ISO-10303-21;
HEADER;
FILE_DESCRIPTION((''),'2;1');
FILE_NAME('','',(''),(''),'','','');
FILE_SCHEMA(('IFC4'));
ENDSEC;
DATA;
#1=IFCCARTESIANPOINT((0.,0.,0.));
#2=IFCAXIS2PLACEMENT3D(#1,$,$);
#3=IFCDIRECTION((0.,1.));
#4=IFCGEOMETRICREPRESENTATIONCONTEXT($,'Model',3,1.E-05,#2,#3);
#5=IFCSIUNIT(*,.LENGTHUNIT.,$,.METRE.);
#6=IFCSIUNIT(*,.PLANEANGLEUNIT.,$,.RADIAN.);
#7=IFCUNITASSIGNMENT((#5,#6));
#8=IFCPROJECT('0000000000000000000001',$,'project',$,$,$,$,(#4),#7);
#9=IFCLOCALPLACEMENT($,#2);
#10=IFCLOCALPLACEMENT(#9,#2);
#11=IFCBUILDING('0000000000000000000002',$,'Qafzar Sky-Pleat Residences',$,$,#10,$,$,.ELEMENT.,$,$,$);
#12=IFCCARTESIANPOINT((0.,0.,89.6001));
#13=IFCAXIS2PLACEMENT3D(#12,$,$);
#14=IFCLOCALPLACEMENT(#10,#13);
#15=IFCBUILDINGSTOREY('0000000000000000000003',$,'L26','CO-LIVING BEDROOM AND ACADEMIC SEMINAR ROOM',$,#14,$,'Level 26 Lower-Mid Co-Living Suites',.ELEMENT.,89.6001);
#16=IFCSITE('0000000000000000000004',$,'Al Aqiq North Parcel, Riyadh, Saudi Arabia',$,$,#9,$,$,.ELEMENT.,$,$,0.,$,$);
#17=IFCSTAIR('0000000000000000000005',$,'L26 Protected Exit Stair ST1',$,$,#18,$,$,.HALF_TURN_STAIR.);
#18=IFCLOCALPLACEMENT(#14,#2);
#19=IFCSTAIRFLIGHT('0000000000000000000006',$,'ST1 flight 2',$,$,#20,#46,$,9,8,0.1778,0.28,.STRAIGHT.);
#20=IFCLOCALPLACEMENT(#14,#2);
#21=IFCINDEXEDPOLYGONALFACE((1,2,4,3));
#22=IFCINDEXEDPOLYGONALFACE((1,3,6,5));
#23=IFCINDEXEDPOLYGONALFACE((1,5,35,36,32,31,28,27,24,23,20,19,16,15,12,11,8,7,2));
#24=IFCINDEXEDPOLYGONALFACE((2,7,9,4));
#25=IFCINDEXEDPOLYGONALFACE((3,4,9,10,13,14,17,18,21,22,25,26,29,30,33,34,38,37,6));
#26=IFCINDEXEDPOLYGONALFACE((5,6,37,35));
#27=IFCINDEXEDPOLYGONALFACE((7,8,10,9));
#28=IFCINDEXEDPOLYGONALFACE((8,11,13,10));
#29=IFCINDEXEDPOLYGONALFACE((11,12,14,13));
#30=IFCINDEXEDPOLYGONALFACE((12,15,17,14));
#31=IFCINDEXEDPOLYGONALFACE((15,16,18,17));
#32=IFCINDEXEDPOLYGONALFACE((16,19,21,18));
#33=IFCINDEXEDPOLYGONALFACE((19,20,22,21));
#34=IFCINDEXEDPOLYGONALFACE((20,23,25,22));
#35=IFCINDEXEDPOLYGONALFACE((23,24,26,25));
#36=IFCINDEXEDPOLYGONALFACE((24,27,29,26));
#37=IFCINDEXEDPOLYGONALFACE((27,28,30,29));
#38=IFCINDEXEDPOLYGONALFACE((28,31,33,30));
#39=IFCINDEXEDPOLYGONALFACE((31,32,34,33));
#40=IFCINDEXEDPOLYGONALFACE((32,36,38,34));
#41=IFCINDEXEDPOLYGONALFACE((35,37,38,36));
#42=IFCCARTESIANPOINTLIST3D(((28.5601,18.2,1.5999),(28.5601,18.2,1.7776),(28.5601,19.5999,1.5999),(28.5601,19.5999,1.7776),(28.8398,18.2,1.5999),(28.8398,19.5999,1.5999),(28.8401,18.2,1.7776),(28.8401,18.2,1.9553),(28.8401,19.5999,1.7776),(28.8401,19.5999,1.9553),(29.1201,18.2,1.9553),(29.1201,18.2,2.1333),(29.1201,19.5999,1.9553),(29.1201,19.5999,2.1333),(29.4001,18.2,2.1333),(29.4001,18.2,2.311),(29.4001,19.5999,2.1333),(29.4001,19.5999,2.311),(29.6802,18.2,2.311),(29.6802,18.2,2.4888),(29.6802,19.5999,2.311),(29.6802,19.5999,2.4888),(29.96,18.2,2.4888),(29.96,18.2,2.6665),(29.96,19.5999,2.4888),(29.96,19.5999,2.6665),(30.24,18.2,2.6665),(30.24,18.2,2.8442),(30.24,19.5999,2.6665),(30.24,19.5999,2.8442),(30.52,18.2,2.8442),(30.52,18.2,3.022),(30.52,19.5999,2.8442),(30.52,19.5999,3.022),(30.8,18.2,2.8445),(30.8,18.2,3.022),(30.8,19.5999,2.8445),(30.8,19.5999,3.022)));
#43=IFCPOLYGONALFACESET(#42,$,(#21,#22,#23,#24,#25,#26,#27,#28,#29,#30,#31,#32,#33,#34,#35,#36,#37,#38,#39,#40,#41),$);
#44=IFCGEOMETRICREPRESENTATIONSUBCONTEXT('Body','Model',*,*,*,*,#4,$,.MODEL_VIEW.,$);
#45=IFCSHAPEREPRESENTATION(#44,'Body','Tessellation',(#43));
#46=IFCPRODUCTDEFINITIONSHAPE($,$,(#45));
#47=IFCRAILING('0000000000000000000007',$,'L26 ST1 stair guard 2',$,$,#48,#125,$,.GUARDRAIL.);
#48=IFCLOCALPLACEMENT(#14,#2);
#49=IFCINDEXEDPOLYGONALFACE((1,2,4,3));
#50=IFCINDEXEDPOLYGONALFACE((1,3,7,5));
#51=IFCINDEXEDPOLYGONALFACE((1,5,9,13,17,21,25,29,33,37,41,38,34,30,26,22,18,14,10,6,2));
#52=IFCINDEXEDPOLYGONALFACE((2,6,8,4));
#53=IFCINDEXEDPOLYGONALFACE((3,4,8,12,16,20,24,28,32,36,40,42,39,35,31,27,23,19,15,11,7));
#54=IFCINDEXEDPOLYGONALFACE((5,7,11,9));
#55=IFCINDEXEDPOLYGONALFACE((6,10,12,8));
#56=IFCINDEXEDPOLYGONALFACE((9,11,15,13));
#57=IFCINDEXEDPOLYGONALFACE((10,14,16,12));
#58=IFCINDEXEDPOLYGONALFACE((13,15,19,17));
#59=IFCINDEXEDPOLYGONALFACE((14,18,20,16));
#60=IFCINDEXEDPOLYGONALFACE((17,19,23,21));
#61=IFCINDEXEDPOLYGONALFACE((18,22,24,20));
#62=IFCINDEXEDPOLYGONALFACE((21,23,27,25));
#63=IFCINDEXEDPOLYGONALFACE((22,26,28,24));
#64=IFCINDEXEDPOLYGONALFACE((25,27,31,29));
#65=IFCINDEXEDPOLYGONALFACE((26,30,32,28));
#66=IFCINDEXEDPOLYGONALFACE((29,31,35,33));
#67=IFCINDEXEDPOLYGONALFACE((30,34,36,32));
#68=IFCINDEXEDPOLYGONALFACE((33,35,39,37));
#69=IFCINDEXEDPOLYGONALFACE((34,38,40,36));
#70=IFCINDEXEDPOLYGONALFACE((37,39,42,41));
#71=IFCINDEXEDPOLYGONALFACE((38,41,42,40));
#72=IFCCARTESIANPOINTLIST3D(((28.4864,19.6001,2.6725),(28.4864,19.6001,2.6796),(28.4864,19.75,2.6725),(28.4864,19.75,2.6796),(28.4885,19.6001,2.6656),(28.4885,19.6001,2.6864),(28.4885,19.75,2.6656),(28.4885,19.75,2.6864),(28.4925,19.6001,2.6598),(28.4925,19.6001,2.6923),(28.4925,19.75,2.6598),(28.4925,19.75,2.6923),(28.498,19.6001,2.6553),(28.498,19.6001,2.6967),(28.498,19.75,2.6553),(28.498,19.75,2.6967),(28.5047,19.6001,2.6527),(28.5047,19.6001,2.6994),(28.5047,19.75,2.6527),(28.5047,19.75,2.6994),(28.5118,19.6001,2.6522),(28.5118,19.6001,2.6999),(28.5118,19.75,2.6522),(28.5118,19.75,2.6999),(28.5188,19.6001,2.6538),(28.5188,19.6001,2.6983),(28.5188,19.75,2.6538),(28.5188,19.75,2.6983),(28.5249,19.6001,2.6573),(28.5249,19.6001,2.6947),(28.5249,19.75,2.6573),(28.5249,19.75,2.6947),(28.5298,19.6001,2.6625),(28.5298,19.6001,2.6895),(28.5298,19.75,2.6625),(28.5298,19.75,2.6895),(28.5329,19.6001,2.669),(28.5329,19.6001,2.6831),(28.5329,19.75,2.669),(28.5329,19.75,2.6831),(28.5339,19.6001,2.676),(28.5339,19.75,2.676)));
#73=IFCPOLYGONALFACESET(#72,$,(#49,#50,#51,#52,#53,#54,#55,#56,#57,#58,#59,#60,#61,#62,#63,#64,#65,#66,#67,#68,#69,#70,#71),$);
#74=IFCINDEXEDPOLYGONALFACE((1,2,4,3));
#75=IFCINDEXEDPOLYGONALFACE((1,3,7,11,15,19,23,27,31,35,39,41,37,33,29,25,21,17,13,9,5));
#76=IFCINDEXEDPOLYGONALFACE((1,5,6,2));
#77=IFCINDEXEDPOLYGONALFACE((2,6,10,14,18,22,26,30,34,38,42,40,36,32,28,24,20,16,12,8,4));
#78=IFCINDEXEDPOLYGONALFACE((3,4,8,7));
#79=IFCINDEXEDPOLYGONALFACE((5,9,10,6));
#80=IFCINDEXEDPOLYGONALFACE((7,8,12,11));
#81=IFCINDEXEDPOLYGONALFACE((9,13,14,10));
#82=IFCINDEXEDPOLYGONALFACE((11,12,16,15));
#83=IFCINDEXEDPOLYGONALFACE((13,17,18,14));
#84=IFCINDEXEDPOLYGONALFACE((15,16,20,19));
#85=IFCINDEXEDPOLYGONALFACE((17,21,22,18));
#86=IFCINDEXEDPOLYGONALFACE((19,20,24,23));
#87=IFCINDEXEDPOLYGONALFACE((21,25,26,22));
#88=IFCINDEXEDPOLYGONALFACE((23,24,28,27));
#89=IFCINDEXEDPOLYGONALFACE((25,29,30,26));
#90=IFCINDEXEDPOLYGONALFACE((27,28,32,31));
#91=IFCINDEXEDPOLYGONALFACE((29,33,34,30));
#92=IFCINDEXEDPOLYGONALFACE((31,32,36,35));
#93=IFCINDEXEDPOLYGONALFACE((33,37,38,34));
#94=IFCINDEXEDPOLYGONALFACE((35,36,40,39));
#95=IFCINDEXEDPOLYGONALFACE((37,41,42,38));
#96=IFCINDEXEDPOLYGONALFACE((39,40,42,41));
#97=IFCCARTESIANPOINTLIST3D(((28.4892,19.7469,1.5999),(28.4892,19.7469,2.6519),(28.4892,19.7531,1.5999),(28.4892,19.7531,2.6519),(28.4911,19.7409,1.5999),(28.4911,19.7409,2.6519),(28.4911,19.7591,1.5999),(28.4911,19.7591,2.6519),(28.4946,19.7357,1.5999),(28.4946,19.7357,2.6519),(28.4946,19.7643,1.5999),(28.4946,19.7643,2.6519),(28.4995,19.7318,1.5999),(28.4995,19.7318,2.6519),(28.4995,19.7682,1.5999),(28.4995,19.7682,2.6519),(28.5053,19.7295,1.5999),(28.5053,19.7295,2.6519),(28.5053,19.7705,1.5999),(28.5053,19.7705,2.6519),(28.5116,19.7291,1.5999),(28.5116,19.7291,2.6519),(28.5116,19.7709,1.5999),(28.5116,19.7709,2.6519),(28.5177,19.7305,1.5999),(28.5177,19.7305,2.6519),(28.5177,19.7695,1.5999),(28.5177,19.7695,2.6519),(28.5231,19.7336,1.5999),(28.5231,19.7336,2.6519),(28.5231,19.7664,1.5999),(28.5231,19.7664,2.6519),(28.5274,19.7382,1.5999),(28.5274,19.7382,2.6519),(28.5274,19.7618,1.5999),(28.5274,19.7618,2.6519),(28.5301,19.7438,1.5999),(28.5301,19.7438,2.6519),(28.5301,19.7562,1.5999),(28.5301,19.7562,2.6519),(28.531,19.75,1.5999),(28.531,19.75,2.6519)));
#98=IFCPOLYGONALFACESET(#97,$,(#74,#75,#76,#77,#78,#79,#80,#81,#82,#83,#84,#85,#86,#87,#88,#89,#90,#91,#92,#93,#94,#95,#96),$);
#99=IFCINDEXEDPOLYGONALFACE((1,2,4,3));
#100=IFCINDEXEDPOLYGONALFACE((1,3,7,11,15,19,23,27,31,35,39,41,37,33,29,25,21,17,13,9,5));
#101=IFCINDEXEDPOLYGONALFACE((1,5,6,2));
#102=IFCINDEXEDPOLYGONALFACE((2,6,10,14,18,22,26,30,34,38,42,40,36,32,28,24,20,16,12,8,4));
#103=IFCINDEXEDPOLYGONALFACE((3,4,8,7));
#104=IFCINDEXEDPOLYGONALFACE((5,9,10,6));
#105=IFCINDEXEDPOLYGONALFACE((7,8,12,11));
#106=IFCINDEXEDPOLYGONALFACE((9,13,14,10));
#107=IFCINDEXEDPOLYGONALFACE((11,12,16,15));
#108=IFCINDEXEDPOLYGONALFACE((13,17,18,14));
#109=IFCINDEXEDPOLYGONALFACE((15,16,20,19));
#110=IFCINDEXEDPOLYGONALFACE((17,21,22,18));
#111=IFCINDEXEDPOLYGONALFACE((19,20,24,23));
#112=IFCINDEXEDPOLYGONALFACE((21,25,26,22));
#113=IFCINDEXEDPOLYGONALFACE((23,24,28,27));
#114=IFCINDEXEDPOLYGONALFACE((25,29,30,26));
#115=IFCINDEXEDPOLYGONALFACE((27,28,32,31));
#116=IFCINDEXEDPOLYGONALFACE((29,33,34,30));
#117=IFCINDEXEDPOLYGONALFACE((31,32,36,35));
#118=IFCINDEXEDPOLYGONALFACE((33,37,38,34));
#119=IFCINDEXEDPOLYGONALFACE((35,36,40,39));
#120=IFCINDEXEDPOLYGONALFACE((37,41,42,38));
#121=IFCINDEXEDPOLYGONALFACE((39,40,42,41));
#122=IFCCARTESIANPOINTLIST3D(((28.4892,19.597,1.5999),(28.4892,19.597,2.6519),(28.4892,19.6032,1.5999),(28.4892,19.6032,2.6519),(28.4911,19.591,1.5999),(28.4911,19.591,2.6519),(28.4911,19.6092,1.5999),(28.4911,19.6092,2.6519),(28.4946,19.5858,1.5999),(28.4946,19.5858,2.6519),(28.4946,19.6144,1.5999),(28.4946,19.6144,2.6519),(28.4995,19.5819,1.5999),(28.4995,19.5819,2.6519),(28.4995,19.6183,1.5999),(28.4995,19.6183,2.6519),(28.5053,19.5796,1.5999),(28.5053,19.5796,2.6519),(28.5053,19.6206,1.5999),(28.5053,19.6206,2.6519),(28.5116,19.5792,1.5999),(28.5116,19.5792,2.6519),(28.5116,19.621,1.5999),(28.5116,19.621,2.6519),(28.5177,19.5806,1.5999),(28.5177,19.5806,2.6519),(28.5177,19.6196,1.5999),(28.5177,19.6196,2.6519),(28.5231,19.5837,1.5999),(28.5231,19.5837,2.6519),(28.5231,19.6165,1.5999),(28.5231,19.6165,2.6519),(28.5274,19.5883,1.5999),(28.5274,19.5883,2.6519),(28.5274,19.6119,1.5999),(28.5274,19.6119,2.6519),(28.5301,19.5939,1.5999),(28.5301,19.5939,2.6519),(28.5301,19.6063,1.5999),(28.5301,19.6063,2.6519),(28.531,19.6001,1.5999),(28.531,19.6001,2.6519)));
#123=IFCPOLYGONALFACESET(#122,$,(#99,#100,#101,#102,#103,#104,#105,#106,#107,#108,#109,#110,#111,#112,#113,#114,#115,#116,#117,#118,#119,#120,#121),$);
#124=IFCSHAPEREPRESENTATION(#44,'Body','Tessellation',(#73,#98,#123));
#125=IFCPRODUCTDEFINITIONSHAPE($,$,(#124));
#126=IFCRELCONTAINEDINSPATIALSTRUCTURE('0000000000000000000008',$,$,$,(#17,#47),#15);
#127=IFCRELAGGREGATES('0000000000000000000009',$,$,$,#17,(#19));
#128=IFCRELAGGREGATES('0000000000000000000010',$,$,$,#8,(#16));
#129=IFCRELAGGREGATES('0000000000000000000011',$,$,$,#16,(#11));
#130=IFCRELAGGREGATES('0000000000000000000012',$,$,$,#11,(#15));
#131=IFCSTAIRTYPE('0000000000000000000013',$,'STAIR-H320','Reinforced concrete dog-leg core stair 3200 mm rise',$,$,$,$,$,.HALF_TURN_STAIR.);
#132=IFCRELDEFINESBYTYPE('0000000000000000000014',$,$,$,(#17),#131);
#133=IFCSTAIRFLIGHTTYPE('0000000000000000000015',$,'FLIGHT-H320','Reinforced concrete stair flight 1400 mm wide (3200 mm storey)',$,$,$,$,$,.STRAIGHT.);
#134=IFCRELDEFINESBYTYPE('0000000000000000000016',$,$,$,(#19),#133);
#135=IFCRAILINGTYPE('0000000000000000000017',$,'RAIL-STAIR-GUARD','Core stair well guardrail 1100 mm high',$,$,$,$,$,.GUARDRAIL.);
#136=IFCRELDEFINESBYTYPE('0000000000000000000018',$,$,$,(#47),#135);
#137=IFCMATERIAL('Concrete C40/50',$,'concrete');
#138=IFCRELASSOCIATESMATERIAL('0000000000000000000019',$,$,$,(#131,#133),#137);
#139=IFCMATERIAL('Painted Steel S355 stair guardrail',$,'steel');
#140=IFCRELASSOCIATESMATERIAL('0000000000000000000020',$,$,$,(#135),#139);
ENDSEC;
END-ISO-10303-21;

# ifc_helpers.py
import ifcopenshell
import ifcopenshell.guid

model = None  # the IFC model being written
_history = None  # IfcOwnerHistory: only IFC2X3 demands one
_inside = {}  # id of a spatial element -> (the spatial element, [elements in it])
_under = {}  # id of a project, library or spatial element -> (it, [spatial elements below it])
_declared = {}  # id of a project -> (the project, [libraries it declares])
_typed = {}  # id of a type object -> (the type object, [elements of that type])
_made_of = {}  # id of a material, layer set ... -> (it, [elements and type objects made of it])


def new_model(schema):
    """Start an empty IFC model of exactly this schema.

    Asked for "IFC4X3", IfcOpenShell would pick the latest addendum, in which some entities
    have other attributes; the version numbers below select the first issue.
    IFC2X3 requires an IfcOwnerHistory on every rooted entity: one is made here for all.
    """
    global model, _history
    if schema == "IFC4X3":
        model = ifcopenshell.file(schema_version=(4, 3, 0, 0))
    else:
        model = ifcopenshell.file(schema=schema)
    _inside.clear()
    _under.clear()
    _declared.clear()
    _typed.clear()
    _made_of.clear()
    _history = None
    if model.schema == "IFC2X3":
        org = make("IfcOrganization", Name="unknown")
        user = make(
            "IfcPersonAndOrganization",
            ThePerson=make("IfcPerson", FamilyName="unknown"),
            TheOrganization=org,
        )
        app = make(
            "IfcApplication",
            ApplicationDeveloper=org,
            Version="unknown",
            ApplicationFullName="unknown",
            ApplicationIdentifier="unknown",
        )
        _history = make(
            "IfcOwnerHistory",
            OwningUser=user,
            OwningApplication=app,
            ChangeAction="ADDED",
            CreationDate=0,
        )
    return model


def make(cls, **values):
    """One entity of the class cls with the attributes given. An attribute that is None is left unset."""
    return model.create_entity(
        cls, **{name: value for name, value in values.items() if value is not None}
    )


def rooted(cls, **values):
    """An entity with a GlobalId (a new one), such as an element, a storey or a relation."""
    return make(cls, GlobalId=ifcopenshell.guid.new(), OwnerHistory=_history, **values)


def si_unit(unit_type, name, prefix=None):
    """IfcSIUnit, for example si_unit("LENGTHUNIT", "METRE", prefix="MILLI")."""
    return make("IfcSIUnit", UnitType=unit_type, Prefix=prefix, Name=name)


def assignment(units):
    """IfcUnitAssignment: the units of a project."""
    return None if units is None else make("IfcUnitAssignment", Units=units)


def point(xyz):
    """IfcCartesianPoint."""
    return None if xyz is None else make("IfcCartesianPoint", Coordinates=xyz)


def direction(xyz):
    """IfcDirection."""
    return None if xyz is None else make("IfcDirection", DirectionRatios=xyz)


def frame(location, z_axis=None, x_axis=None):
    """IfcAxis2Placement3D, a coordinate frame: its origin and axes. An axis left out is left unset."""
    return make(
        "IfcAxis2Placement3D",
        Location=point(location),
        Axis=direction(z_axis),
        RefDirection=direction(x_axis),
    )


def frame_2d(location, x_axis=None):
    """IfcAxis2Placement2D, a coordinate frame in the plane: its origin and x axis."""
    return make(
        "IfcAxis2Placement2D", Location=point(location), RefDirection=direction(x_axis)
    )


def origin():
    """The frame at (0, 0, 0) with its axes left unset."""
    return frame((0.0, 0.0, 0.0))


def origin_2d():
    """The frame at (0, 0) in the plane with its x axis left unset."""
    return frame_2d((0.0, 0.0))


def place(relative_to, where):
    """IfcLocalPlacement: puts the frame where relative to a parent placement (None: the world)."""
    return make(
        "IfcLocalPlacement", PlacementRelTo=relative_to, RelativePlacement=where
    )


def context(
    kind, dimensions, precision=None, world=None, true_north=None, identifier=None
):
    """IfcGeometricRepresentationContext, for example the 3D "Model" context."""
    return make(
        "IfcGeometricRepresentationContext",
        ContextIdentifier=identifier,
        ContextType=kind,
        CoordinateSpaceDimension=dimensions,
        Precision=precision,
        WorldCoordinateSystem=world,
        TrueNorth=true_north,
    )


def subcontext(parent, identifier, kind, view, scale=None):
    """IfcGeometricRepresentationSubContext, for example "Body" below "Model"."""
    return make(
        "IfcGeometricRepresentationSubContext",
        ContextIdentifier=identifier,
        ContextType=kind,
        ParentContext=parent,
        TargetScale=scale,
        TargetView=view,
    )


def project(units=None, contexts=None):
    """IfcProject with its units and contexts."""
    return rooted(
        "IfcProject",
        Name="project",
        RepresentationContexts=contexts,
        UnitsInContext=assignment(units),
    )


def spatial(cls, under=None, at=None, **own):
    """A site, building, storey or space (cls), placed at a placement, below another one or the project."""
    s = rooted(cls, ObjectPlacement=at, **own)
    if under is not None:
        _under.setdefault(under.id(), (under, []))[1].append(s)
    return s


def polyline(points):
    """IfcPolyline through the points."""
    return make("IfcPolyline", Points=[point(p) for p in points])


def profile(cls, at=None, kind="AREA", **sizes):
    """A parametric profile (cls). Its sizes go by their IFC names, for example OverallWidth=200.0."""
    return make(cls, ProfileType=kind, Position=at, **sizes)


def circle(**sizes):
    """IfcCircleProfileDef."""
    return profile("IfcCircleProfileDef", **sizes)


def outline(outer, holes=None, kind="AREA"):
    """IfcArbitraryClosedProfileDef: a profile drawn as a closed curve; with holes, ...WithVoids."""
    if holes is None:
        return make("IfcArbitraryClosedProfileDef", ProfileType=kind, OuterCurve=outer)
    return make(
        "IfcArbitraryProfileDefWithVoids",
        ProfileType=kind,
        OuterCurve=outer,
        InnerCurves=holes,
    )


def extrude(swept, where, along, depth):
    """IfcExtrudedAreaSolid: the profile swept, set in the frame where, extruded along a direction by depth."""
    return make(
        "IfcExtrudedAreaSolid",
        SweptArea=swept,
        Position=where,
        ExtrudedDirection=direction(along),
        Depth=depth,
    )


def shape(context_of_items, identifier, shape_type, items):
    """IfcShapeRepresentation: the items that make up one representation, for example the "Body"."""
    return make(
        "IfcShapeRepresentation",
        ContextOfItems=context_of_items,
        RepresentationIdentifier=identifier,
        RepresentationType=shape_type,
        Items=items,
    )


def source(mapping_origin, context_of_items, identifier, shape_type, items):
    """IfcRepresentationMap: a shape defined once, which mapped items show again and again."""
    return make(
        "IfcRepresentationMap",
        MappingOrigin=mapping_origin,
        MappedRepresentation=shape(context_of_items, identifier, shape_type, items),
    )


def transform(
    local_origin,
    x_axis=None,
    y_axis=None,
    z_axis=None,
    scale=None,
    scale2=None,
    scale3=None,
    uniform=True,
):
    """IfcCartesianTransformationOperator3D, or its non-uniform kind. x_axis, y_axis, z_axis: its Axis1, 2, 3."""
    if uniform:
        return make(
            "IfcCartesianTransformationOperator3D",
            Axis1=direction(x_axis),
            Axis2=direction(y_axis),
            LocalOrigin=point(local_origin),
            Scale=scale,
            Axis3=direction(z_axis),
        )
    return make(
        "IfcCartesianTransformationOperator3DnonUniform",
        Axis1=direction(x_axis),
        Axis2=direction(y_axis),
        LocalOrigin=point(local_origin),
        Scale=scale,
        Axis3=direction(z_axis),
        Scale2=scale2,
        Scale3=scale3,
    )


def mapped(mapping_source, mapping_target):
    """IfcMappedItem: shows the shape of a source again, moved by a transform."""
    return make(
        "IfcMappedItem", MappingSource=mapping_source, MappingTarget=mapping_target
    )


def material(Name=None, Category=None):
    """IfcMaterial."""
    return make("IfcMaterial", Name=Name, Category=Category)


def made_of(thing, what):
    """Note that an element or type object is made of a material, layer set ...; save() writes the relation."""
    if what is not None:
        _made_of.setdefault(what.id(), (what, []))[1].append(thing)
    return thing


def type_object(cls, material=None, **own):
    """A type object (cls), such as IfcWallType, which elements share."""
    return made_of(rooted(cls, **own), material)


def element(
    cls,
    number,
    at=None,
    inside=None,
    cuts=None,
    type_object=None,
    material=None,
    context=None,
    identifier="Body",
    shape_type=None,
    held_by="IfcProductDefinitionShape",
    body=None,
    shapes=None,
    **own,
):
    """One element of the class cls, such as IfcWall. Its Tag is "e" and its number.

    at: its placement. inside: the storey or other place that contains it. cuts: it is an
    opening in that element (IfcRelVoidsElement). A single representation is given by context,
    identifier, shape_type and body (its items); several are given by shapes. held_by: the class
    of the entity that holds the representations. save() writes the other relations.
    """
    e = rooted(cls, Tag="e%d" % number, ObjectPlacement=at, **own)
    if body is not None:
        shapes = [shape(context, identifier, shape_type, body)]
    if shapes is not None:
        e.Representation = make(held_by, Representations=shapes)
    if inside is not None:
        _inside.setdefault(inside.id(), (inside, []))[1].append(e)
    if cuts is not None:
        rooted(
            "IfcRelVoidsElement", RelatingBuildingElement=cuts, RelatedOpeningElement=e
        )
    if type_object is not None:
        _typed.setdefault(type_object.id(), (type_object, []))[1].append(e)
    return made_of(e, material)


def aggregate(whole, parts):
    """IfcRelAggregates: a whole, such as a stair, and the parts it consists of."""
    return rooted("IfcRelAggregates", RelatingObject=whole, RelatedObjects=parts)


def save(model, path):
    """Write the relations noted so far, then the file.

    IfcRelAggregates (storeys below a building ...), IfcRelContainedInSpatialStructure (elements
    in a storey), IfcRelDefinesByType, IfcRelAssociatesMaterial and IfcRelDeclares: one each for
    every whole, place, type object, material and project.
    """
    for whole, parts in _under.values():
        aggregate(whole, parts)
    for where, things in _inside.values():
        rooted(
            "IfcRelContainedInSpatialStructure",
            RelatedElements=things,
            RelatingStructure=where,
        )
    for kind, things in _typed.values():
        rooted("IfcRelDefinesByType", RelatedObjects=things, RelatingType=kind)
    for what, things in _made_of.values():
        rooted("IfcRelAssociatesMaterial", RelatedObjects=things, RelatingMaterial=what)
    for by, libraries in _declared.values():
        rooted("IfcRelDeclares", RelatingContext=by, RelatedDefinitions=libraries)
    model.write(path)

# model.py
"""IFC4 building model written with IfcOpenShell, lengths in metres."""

from ifc_helpers import new_model, si_unit, direction, frame, origin, origin_2d, place, context, subcontext, project, spatial, polyline, circle, outline, extrude, source, transform, mapped, material, type_object, element, aggregate, save


model = new_model("IFC4")

# Units and contexts
model_context = context("Model", 3, precision=1e-05, world=origin(), true_north=direction((0.0, 1.0)))
body_context = subcontext(model_context, "Body", "Model", "MODEL_VIEW")
ifc_project = project(units=[si_unit("LENGTHUNIT", "METRE"), si_unit("PLANEANGLEUNIT", "RADIAN")], contexts=[model_context])

# Site, building, storey
site_placement = place(None, origin())
site = spatial("IfcSite", under=ifc_project, at=site_placement, Name="Al Aqiq North Parcel, Riyadh, Saudi Arabia", CompositionType="ELEMENT", RefElevation=0.0)
building_placement = place(site_placement, origin())
building = spatial("IfcBuilding", under=site, at=building_placement, Name="Qafzar Sky-Pleat Residences", CompositionType="ELEMENT")
storey_placement = place(building_placement, frame((0.0, 0.0, 89.6001)))
storey = spatial("IfcBuildingStorey", under=building, at=storey_placement, Name="L26", Description="CO-LIVING BEDROOM AND ACADEMIC SEMINAR ROOM", LongName="Level 26 Lower-Mid Co-Living Suites", CompositionType="ELEMENT", Elevation=89.6001)

# Stair, stair flight
ifc_material_1 = material(Name="Concrete C40/50", Category="concrete")
stair_type = type_object("IfcStairType", Name="STAIR-H320", Description="Reinforced concrete dog-leg core stair 3200 mm rise", PredefinedType="HALF_TURN_STAIR", material=ifc_material_1)
stair_placement = place(storey_placement, origin())
stair = element("IfcStair", 1, at=stair_placement, inside=storey, type_object=stair_type, Name="L26 Protected Exit Stair ST1", PredefinedType="HALF_TURN_STAIR")
stair_flight_type = type_object("IfcStairFlightType", Name="FLIGHT-H320", Description="Reinforced concrete stair flight 1400 mm wide (3200 mm storey)", PredefinedType="STRAIGHT", material=ifc_material_1)
shared_shape_1 = source(origin(), body_context, "Body", "SweptSolid", [
    extrude(outline(polyline([(0.0, 0.0), (0.0, 0.1777), (0.28, 0.1777), (0.28, 0.3555), (0.5601, 0.3555), (0.5601, 0.5334), (0.8401, 0.5334), (0.8401, 0.7112), (1.1201, 0.7112), (1.1201, 0.8889), (1.3999, 0.8889), (1.3999, 1.0667), (1.6799, 1.0667), (1.6799, 1.2444), (1.96, 1.2444), (1.96, 1.4221), (2.24, 1.4221), (2.24, 1.6001), (2.24, 1.2446), (0.2798, 0.0), (0.0, 0.0)])), frame((0.0, 0.7, 0.0), z_axis=(0.0, -1.0, 0.0), x_axis=(1.0, 0.0, 0.0)), (0.0, 0.0, 1.0), 1.3999),
])
stair_flight_1_placement = place(storey_placement, frame((28.5601, 18.8999, 1.5999), z_axis=(0.0, 0.0, 1.0), x_axis=(1.0, 0.0, 0.0)))
stair_flight_1 = element("IfcStairFlight", 2, at=stair_flight_1_placement, type_object=stair_flight_type, Name="ST1 flight 2", NumberOfRisers=9, NumberOfTreads=8, PredefinedType="STRAIGHT", RiserHeight=0.1778, TreadLength=0.28, context=body_context, shape_type="MappedRepresentation", body=[
    mapped(shared_shape_1, transform((0.0, 0.0, 0.0), x_axis=(1.0, 0.0, 0.0), y_axis=(0.0, 1.0, 0.0), z_axis=(0.0, 0.0, 1.0), scale=1.0)),
])
aggregate(stair, [stair_flight_1])

# Railing
ifc_material_2 = material(Name="Painted Steel S355 stair guardrail", Category="steel")
railing_type_1 = type_object("IfcRailingType", Name="RAIL-STAIR-GUARD", Description="Core stair well guardrail 1100 mm high", PredefinedType="GUARDRAIL", material=ifc_material_2)
shared_shape_2 = source(origin(), body_context, "Body", "SweptSolid", [
    extrude(circle(Radius=0.0239, at=origin_2d()), frame((0.0, 0.0, 1.0762), z_axis=(0.0, -1.0, 0.0), x_axis=(1.0, 0.0, 0.0)), (0.0, 0.0, 1.0), 0.1499),
    extrude(circle(Radius=0.021, at=origin_2d()), origin(), (0.0, 0.0, 1.0), 1.052),
    extrude(circle(Radius=0.021, at=origin_2d()), frame((0.0, -0.1499, 0.0)), (0.0, 0.0, 1.0), 1.052),
])
railing_1_placement = place(storey_placement, frame((28.51, 19.75, 1.5999)))
element("IfcRailing", 3, at=railing_1_placement, inside=storey, type_object=railing_type_1, Name="L26 ST1 stair guard 2", PredefinedType="GUARDRAIL", context=body_context, shape_type="MappedRepresentation", body=[
    mapped(shared_shape_2, transform((0.0, 0.0, 0.0), x_axis=(1.0, 0.0, 0.0), y_axis=(0.0, 1.0, 0.0), z_axis=(0.0, 0.0, 1.0), scale=1.0)),
])

save(model, "model.ifc")
